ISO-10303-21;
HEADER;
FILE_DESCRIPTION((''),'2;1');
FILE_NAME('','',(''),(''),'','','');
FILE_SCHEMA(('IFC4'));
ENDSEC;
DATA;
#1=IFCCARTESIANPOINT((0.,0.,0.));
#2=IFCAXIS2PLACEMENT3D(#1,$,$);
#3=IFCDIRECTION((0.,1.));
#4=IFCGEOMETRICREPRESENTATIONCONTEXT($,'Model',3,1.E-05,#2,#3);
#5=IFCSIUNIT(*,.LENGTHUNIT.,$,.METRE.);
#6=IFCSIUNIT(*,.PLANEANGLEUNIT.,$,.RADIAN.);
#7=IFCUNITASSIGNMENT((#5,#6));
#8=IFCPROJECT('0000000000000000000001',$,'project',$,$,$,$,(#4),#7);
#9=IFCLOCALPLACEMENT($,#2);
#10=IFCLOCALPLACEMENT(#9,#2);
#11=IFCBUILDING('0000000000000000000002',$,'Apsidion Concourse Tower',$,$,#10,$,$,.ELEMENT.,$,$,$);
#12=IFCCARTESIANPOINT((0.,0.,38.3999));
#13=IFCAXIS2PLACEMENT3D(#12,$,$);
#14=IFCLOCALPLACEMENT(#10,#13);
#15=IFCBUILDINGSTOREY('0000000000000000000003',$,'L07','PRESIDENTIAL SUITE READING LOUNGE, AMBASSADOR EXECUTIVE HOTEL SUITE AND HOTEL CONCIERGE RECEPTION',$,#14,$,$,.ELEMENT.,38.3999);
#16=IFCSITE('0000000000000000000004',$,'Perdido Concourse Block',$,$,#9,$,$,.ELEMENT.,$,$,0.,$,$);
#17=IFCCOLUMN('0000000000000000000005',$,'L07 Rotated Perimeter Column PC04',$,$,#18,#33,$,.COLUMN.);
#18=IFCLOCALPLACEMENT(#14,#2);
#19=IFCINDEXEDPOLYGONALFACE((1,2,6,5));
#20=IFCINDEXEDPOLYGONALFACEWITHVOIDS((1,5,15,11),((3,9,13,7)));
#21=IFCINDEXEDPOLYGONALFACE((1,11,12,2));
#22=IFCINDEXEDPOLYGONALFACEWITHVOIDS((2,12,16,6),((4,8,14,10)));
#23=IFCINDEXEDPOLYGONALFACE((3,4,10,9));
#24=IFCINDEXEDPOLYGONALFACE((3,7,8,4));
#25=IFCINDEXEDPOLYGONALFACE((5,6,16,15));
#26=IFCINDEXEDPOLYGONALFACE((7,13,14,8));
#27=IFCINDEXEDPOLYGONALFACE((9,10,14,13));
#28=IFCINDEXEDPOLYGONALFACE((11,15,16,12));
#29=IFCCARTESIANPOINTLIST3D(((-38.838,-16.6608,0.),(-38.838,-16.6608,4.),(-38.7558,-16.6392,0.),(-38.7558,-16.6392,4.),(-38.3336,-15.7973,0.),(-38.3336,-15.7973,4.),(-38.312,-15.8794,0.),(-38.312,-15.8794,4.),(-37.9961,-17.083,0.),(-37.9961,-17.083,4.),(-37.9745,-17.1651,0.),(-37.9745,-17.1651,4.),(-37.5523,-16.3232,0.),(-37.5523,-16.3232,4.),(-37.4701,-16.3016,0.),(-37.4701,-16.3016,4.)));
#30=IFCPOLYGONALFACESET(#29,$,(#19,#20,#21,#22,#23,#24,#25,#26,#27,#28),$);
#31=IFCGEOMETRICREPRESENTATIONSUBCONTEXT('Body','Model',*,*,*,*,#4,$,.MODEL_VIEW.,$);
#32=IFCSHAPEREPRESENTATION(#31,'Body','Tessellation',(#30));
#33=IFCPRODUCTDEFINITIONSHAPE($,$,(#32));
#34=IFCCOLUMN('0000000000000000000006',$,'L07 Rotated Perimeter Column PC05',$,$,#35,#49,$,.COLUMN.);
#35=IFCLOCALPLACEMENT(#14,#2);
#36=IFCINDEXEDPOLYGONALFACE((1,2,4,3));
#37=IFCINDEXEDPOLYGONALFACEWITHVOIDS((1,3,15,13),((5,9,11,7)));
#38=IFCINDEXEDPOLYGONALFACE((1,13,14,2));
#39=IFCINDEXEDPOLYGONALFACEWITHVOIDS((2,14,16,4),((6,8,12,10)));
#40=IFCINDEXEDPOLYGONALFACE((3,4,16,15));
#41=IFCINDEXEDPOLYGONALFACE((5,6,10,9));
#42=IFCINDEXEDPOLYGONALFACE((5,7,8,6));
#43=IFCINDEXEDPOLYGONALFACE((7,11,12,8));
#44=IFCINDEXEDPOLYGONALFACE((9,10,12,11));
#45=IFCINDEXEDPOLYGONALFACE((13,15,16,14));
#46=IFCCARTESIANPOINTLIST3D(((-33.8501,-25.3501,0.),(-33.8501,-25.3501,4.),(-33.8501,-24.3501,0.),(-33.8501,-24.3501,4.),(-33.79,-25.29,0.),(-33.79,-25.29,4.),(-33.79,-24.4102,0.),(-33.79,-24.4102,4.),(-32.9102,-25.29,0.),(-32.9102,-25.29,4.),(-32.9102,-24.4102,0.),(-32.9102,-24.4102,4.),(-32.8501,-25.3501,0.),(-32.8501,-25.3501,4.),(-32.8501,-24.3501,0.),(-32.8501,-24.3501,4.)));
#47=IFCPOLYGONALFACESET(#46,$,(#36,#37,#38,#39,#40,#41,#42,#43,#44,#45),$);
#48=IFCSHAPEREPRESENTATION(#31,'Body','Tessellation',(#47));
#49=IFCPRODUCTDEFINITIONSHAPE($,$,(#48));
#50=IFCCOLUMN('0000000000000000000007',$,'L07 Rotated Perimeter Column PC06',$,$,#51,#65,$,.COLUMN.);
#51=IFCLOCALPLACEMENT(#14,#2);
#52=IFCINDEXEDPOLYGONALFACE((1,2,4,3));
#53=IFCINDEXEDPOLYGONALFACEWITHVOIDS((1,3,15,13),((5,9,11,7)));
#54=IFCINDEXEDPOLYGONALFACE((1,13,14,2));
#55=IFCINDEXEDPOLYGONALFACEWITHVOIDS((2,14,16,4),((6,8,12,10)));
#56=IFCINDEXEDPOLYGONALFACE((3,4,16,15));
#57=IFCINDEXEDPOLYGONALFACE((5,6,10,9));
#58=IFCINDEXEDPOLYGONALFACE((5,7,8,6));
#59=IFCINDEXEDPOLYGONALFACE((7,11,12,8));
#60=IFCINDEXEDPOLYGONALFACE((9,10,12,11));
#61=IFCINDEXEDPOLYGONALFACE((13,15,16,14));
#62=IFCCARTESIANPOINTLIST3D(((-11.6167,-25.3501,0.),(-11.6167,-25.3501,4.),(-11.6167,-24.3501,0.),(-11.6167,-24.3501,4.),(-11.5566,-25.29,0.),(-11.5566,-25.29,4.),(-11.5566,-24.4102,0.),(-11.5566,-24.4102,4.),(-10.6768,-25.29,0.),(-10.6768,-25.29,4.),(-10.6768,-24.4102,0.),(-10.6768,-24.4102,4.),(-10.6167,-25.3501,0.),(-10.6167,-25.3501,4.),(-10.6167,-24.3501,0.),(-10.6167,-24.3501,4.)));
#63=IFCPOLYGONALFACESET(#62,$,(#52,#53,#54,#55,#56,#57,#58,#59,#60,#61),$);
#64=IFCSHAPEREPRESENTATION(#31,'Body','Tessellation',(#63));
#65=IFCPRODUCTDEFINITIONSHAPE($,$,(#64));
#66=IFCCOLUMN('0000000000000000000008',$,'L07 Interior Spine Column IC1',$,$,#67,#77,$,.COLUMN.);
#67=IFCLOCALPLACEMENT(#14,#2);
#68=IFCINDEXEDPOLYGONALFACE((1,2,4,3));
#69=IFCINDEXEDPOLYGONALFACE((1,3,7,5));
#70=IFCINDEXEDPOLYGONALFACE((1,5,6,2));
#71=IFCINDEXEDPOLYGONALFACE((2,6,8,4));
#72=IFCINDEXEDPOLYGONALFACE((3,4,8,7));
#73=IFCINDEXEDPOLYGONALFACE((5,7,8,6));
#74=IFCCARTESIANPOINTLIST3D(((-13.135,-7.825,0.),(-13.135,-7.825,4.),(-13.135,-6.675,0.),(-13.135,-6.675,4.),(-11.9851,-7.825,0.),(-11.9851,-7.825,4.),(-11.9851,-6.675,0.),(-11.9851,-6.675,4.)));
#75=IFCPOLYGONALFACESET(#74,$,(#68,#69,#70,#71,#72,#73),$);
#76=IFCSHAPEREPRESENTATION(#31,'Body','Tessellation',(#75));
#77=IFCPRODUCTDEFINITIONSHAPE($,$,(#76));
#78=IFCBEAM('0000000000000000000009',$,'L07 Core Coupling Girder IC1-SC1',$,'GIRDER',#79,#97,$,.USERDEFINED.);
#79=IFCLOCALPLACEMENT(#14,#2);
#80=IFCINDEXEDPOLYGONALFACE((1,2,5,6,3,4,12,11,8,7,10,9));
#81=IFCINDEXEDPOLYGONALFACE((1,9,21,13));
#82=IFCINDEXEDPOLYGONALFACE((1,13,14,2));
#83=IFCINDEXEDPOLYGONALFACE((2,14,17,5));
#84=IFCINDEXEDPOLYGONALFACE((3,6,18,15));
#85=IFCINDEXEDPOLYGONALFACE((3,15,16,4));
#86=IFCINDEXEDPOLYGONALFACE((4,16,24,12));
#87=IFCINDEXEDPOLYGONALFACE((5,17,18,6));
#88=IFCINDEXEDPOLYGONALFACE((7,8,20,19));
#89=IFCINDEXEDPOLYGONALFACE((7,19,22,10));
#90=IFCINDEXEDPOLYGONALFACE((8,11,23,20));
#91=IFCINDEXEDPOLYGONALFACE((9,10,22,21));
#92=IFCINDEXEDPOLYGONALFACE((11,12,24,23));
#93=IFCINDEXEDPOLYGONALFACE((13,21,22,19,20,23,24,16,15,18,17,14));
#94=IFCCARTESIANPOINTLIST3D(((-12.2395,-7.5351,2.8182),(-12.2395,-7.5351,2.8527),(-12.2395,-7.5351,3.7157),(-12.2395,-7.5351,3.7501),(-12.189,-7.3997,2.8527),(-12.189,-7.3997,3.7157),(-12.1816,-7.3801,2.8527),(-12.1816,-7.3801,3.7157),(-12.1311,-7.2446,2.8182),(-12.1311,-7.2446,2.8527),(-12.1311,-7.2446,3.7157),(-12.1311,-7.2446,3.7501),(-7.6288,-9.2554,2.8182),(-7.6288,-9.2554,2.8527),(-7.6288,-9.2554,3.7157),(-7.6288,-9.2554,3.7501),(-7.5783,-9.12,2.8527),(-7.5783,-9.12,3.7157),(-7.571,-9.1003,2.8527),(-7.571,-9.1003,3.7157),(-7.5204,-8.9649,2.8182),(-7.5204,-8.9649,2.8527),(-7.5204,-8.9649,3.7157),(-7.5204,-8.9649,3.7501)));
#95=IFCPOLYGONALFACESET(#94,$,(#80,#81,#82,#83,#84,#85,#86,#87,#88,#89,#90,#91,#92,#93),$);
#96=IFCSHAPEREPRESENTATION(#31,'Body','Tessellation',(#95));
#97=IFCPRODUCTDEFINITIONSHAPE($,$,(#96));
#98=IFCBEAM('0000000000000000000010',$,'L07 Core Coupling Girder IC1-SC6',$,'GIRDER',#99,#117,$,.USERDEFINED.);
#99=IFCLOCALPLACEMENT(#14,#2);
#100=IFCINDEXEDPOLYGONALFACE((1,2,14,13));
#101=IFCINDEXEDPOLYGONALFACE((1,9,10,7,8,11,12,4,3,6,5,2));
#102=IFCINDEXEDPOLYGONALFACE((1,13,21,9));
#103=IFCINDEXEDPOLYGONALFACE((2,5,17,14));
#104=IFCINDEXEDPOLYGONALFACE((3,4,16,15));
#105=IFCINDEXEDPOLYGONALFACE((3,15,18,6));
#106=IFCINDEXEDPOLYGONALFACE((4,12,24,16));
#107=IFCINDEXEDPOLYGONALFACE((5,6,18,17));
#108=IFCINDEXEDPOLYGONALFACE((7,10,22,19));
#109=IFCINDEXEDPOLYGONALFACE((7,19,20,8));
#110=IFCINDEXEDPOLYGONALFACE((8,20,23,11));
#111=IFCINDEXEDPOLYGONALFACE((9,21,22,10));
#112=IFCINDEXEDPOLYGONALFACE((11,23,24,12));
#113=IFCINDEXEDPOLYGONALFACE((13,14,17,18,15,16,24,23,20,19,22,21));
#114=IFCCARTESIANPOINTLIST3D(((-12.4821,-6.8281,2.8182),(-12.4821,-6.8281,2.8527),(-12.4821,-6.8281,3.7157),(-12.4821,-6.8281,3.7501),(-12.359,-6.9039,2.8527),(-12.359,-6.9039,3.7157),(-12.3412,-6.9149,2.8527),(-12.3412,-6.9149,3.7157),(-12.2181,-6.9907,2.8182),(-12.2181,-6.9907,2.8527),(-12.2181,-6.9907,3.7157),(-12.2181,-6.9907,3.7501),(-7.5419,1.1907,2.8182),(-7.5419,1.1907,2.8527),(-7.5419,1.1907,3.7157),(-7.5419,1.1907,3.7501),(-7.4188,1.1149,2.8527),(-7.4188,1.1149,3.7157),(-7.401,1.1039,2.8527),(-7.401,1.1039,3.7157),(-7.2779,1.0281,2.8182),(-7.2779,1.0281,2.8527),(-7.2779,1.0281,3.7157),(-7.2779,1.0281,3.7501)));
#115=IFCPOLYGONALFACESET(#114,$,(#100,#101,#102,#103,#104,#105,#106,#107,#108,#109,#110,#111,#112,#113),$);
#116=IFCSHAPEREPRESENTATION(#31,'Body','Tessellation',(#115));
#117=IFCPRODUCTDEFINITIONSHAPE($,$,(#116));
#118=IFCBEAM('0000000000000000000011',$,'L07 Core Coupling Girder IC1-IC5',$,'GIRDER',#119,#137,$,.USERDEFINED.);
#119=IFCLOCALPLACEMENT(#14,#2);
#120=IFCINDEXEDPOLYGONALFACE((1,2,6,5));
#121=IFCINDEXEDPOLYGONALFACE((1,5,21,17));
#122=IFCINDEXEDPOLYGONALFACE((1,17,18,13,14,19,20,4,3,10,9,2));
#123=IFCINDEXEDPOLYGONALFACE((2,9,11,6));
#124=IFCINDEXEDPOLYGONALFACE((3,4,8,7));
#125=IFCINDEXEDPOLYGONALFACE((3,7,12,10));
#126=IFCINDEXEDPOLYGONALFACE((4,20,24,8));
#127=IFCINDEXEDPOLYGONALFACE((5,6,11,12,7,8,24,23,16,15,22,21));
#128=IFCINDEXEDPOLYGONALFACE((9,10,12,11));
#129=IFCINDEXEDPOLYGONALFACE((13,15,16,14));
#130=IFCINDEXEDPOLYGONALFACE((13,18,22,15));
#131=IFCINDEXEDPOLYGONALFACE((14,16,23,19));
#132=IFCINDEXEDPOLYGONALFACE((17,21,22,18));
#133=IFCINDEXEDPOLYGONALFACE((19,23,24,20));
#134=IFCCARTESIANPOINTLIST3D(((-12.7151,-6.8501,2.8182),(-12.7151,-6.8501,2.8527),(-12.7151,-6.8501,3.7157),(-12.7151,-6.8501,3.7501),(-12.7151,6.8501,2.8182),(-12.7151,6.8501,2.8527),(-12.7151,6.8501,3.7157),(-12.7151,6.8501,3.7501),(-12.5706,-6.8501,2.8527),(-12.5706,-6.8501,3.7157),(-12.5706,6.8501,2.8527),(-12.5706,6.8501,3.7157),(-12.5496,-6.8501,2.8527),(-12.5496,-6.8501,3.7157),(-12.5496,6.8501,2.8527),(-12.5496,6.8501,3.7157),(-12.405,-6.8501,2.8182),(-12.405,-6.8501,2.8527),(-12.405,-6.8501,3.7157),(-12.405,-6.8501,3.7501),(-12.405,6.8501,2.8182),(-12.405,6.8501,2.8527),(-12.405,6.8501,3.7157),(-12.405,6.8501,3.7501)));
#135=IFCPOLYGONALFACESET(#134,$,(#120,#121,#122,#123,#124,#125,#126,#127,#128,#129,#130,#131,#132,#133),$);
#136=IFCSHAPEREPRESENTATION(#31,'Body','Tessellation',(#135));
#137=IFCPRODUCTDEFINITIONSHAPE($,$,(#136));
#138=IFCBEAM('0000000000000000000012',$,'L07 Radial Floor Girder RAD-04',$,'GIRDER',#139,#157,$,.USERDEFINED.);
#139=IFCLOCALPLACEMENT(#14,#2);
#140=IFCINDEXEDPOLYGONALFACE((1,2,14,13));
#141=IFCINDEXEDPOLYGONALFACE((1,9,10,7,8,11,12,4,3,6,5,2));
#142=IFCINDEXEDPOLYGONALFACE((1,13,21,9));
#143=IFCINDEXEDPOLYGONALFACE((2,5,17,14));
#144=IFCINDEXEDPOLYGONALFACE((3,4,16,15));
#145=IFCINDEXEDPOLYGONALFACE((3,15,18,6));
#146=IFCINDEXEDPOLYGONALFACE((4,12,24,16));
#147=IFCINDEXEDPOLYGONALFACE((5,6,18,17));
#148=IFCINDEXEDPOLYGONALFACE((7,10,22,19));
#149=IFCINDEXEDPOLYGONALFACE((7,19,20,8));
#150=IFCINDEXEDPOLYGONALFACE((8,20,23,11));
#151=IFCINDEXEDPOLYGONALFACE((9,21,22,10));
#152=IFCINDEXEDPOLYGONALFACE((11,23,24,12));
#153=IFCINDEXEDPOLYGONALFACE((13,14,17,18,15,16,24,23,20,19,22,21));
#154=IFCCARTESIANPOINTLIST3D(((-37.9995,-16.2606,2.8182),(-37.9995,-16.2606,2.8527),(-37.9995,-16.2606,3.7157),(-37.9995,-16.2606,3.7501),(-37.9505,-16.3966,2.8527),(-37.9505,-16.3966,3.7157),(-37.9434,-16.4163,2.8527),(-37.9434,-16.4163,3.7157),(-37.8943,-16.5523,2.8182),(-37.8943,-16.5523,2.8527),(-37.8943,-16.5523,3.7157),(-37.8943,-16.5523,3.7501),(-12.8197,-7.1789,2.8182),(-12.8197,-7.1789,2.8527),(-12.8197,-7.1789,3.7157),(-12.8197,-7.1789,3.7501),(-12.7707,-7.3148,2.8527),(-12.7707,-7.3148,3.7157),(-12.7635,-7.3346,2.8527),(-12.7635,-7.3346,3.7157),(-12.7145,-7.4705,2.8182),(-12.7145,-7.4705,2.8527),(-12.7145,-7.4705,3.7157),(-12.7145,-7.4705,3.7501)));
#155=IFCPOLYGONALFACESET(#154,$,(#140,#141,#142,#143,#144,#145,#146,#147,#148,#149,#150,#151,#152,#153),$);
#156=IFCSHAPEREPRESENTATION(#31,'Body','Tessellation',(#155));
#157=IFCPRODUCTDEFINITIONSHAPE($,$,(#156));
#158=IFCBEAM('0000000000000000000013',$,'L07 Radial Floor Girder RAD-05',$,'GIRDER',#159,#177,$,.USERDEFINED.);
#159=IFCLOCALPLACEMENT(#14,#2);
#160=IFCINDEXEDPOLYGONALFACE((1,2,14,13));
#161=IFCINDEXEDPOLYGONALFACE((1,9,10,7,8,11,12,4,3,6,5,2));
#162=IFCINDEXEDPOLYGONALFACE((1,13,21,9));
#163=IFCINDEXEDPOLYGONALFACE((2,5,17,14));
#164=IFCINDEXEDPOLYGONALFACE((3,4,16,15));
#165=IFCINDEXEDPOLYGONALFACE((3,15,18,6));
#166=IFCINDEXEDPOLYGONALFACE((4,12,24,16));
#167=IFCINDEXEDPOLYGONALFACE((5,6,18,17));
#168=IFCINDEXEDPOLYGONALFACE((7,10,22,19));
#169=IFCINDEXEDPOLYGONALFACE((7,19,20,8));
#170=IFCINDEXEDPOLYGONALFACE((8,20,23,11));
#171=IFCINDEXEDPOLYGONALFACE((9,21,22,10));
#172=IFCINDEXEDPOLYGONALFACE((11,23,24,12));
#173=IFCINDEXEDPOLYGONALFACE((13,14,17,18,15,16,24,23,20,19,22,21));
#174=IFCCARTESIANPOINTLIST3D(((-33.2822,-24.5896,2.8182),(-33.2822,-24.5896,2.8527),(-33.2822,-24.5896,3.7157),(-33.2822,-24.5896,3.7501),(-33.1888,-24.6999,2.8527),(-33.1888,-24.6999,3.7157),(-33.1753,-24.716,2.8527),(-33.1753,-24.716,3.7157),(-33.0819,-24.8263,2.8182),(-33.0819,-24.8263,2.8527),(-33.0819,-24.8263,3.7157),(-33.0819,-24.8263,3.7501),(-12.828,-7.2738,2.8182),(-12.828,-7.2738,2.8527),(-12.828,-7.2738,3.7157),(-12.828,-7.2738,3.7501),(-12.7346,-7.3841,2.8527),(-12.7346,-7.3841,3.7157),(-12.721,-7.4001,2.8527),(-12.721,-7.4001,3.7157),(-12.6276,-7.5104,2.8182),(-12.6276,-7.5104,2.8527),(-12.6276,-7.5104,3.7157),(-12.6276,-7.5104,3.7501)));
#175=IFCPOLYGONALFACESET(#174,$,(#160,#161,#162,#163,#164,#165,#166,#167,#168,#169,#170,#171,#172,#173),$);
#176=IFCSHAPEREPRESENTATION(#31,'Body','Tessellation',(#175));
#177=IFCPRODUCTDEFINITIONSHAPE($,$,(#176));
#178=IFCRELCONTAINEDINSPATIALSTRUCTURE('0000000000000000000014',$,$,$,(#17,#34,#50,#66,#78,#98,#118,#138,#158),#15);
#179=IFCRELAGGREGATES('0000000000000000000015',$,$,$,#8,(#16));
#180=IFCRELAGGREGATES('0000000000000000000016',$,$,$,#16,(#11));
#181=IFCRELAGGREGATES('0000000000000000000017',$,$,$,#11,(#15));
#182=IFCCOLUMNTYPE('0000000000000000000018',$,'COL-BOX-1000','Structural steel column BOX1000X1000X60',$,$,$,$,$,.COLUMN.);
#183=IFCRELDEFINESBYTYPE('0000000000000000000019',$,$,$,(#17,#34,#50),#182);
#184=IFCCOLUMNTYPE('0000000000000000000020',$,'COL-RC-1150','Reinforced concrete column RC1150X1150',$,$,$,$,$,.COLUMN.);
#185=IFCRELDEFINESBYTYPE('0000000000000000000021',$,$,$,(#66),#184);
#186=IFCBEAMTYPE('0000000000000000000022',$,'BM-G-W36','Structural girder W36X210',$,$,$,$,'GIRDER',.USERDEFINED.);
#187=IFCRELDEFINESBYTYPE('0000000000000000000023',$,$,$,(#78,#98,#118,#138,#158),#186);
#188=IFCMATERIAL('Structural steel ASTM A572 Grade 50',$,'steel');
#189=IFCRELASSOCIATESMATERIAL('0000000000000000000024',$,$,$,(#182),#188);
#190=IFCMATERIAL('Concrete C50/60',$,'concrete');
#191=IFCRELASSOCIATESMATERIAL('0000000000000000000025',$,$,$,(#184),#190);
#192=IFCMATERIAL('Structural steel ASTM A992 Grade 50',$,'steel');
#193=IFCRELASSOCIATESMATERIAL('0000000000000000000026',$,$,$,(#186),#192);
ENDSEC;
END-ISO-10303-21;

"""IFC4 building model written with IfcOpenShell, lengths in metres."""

from ifc_helpers import new_model, si_unit, direction, frame, origin, origin_2d, place, context, subcontext, project, spatial, rectangle, hollow_rectangle, i_section, extrude, material, material_profile, profile_set, type_object, element, save


model = new_model("IFC4")

# Units and contexts
model_context = context("Model", 3, precision=1e-05, world=origin(), true_north=direction((0.0, 1.0)))
body_context = subcontext(model_context, "Body", "Model", "MODEL_VIEW")
ifc_project = project(units=[si_unit("LENGTHUNIT", "METRE"), si_unit("PLANEANGLEUNIT", "RADIAN")], contexts=[model_context])

# Site, building, storey
site_placement = place(None, origin())
site = spatial("IfcSite", under=ifc_project, at=site_placement, Name="Perdido Concourse Block", CompositionType="ELEMENT", RefElevation=0.0)
building_placement = place(site_placement, origin())
building = spatial("IfcBuilding", under=site, at=building_placement, Name="Apsidion Concourse Tower", CompositionType="ELEMENT")
storey_placement = place(building_placement, frame((0.0, 0.0, 38.3999)))
storey = spatial("IfcBuildingStorey", under=building, at=storey_placement, Name="L07", Description="PRESIDENTIAL SUITE READING LOUNGE, AMBASSADOR EXECUTIVE HOTEL SUITE AND HOTEL CONCIERGE RECEPTION", CompositionType="ELEMENT", Elevation=38.3999)

# Columns
ifc_material_1 = material(Name="Structural steel ASTM A572 Grade 50", Category="steel")
ifc_material_profile_1 = material_profile(ifc_material_1, hollow_rectangle(XDim=1.0, YDim=1.0, WallThickness=0.0601, at=origin_2d()), Name="BOX1000X1000X60")
ifc_profile_set_1 = profile_set([ifc_material_profile_1], Name="Structural steel ASTM A572 Grade 50")
column_type_1 = type_object("IfcColumnType", Name="COL-BOX-1000", Description="Structural steel column BOX1000X1000X60", PredefinedType="COLUMN", material=ifc_profile_set_1)
for number, where, z_axis, x_axis, name in (
    (1, (-38.1541, -16.4812, 0.0), (0.0, 0.0, 1.0), (0.504377, 0.863484, 0.0), "L07 Rotated Perimeter Column PC04"),
    (2, (-33.3501, -24.8501, 0.0), (0.0, 0.0, 1.0), (1.0, 0.0, 0.0), "L07 Rotated Perimeter Column PC05"),
    (3, (-11.1167, -24.8501, 0.0), (0.0, 0.0, 1.0), (1.0, 0.0, 0.0), "L07 Rotated Perimeter Column PC06"),
):
    element("IfcColumn", number, at=place(storey_placement, frame(where, z_axis=z_axis, x_axis=x_axis)), inside=storey, type_object=column_type_1, Name=name, PredefinedType="COLUMN", context=body_context, shape_type="SweptSolid", body=[
        extrude(hollow_rectangle(XDim=1.0, YDim=1.0, WallThickness=0.0601, at=origin_2d()), origin(), (0.0, 0.0, 1.0), 4.0),
    ])
ifc_material_2 = material(Name="Concrete C50/60", Category="concrete")
ifc_material_profile_2 = material_profile(ifc_material_2, rectangle(XDim=1.1499, YDim=1.1499, at=origin_2d()), Name="RC 1150x1150")
ifc_profile_set_2 = profile_set([ifc_material_profile_2], Name="Concrete C50/60")
column_type_2 = type_object("IfcColumnType", Name="COL-RC-1150", Description="Reinforced concrete column RC1150X1150", PredefinedType="COLUMN", material=ifc_profile_set_2)
column_placement = place(storey_placement, frame((-12.5601, -7.25, 0.0), z_axis=(0.0, 0.0, 1.0), x_axis=(1.0, 0.0, 0.0)))
element("IfcColumn", 4, at=column_placement, inside=storey, type_object=column_type_2, Name="L07 Interior Spine Column IC1", PredefinedType="COLUMN", context=body_context, shape_type="SweptSolid", body=[
    extrude(rectangle(XDim=1.1499, YDim=1.1499, at=origin_2d()), origin(), (0.0, 0.0, 1.0), 4.0),
])

# Beams
ifc_material_3 = material(Name="Structural steel ASTM A992 Grade 50", Category="steel")
ifc_material_profile_3 = material_profile(ifc_material_3, i_section(OverallWidth=0.3101, OverallDepth=0.9319, WebThickness=0.021, FlangeThickness=0.0344, at=origin_2d()), Name="W36X210")
ifc_profile_set_3 = profile_set([ifc_material_profile_3], Name="Structural steel ASTM A992 Grade 50")
beam_type_1 = type_object("IfcBeamType", Name="BM-G-W36", Description="Structural girder W36X210", ElementType="GIRDER", PredefinedType="USERDEFINED", material=ifc_profile_set_3)
beam_1_placement = place(storey_placement, frame((-12.1853, -7.3899, 3.2842), z_axis=(0.936913, -0.349563, 0.0), x_axis=(0.349563, 0.936913, 0.0)))
element("IfcBeam", 5, at=beam_1_placement, inside=storey, type_object=beam_type_1, Name="L07 Core Coupling Girder IC1-SC1", ObjectType="GIRDER", PredefinedType="USERDEFINED", context=body_context, shape_type="SweptSolid", body=[
    extrude(i_section(OverallWidth=0.3101, OverallDepth=0.9319, WebThickness=0.021, FlangeThickness=0.0344, at=origin_2d()), origin(), (0.0, 0.0, 1.0), 4.9211),
])
beam_2_placement = place(storey_placement, frame((-12.3501, -6.9094, 3.2842), z_axis=(0.524524, 0.851396, 0.0), x_axis=(-0.851396, 0.524524, 0.0)))
element("IfcBeam", 6, at=beam_2_placement, inside=storey, type_object=beam_type_1, Name="L07 Core Coupling Girder IC1-SC6", ObjectType="GIRDER", PredefinedType="USERDEFINED", context=body_context, shape_type="SweptSolid", body=[
    extrude(i_section(OverallWidth=0.3101, OverallDepth=0.9319, WebThickness=0.021, FlangeThickness=0.0344, at=origin_2d()), origin(), (0.0, 0.0, 1.0), 9.4185),
])
beam_3_placement = place(storey_placement, frame((-12.5601, -6.8501, 3.2842), z_axis=(0.0, 1.0, 0.0), x_axis=(-1.0, 0.0, 0.0)))
element("IfcBeam", 7, at=beam_3_placement, inside=storey, type_object=beam_type_1, Name="L07 Core Coupling Girder IC1-IC5", ObjectType="GIRDER", PredefinedType="USERDEFINED", context=body_context, shape_type="SweptSolid", body=[
    extrude(i_section(OverallWidth=0.3101, OverallDepth=0.9319, WebThickness=0.021, FlangeThickness=0.0344, at=origin_2d()), origin(), (0.0, 0.0, 1.0), 13.7002),
])
beam_4_placement = place(storey_placement, frame((-12.7671, -7.3247, 3.2842), z_axis=(-0.940685, -0.339282, 0.0), x_axis=(0.339282, -0.940685, 0.0)))
element("IfcBeam", 8, at=beam_4_placement, inside=storey, type_object=beam_type_1, Name="L07 Radial Floor Girder RAD-04", ObjectType="GIRDER", PredefinedType="USERDEFINED", context=body_context, shape_type="SweptSolid", body=[
    extrude(i_section(OverallWidth=0.3101, OverallDepth=0.9319, WebThickness=0.021, FlangeThickness=0.0344, at=origin_2d()), origin(), (0.0, 0.0, 1.0), 26.7676),
])
beam_5_placement = place(storey_placement, frame((-12.7278, -7.3921, 3.2842), z_axis=(-0.763232, -0.646125, 0.0), x_axis=(0.646125, -0.763232, 0.0)))
element("IfcBeam", 9, at=beam_5_placement, inside=storey, type_object=beam_type_1, Name="L07 Radial Floor Girder RAD-05", ObjectType="GIRDER", PredefinedType="USERDEFINED", context=body_context, shape_type="SweptSolid", body=[
    extrude(i_section(OverallWidth=0.3101, OverallDepth=0.9319, WebThickness=0.021, FlangeThickness=0.0344, at=origin_2d()), origin(), (0.0, 0.0, 1.0), 26.7996),
])

save(model, "model.ifc")
